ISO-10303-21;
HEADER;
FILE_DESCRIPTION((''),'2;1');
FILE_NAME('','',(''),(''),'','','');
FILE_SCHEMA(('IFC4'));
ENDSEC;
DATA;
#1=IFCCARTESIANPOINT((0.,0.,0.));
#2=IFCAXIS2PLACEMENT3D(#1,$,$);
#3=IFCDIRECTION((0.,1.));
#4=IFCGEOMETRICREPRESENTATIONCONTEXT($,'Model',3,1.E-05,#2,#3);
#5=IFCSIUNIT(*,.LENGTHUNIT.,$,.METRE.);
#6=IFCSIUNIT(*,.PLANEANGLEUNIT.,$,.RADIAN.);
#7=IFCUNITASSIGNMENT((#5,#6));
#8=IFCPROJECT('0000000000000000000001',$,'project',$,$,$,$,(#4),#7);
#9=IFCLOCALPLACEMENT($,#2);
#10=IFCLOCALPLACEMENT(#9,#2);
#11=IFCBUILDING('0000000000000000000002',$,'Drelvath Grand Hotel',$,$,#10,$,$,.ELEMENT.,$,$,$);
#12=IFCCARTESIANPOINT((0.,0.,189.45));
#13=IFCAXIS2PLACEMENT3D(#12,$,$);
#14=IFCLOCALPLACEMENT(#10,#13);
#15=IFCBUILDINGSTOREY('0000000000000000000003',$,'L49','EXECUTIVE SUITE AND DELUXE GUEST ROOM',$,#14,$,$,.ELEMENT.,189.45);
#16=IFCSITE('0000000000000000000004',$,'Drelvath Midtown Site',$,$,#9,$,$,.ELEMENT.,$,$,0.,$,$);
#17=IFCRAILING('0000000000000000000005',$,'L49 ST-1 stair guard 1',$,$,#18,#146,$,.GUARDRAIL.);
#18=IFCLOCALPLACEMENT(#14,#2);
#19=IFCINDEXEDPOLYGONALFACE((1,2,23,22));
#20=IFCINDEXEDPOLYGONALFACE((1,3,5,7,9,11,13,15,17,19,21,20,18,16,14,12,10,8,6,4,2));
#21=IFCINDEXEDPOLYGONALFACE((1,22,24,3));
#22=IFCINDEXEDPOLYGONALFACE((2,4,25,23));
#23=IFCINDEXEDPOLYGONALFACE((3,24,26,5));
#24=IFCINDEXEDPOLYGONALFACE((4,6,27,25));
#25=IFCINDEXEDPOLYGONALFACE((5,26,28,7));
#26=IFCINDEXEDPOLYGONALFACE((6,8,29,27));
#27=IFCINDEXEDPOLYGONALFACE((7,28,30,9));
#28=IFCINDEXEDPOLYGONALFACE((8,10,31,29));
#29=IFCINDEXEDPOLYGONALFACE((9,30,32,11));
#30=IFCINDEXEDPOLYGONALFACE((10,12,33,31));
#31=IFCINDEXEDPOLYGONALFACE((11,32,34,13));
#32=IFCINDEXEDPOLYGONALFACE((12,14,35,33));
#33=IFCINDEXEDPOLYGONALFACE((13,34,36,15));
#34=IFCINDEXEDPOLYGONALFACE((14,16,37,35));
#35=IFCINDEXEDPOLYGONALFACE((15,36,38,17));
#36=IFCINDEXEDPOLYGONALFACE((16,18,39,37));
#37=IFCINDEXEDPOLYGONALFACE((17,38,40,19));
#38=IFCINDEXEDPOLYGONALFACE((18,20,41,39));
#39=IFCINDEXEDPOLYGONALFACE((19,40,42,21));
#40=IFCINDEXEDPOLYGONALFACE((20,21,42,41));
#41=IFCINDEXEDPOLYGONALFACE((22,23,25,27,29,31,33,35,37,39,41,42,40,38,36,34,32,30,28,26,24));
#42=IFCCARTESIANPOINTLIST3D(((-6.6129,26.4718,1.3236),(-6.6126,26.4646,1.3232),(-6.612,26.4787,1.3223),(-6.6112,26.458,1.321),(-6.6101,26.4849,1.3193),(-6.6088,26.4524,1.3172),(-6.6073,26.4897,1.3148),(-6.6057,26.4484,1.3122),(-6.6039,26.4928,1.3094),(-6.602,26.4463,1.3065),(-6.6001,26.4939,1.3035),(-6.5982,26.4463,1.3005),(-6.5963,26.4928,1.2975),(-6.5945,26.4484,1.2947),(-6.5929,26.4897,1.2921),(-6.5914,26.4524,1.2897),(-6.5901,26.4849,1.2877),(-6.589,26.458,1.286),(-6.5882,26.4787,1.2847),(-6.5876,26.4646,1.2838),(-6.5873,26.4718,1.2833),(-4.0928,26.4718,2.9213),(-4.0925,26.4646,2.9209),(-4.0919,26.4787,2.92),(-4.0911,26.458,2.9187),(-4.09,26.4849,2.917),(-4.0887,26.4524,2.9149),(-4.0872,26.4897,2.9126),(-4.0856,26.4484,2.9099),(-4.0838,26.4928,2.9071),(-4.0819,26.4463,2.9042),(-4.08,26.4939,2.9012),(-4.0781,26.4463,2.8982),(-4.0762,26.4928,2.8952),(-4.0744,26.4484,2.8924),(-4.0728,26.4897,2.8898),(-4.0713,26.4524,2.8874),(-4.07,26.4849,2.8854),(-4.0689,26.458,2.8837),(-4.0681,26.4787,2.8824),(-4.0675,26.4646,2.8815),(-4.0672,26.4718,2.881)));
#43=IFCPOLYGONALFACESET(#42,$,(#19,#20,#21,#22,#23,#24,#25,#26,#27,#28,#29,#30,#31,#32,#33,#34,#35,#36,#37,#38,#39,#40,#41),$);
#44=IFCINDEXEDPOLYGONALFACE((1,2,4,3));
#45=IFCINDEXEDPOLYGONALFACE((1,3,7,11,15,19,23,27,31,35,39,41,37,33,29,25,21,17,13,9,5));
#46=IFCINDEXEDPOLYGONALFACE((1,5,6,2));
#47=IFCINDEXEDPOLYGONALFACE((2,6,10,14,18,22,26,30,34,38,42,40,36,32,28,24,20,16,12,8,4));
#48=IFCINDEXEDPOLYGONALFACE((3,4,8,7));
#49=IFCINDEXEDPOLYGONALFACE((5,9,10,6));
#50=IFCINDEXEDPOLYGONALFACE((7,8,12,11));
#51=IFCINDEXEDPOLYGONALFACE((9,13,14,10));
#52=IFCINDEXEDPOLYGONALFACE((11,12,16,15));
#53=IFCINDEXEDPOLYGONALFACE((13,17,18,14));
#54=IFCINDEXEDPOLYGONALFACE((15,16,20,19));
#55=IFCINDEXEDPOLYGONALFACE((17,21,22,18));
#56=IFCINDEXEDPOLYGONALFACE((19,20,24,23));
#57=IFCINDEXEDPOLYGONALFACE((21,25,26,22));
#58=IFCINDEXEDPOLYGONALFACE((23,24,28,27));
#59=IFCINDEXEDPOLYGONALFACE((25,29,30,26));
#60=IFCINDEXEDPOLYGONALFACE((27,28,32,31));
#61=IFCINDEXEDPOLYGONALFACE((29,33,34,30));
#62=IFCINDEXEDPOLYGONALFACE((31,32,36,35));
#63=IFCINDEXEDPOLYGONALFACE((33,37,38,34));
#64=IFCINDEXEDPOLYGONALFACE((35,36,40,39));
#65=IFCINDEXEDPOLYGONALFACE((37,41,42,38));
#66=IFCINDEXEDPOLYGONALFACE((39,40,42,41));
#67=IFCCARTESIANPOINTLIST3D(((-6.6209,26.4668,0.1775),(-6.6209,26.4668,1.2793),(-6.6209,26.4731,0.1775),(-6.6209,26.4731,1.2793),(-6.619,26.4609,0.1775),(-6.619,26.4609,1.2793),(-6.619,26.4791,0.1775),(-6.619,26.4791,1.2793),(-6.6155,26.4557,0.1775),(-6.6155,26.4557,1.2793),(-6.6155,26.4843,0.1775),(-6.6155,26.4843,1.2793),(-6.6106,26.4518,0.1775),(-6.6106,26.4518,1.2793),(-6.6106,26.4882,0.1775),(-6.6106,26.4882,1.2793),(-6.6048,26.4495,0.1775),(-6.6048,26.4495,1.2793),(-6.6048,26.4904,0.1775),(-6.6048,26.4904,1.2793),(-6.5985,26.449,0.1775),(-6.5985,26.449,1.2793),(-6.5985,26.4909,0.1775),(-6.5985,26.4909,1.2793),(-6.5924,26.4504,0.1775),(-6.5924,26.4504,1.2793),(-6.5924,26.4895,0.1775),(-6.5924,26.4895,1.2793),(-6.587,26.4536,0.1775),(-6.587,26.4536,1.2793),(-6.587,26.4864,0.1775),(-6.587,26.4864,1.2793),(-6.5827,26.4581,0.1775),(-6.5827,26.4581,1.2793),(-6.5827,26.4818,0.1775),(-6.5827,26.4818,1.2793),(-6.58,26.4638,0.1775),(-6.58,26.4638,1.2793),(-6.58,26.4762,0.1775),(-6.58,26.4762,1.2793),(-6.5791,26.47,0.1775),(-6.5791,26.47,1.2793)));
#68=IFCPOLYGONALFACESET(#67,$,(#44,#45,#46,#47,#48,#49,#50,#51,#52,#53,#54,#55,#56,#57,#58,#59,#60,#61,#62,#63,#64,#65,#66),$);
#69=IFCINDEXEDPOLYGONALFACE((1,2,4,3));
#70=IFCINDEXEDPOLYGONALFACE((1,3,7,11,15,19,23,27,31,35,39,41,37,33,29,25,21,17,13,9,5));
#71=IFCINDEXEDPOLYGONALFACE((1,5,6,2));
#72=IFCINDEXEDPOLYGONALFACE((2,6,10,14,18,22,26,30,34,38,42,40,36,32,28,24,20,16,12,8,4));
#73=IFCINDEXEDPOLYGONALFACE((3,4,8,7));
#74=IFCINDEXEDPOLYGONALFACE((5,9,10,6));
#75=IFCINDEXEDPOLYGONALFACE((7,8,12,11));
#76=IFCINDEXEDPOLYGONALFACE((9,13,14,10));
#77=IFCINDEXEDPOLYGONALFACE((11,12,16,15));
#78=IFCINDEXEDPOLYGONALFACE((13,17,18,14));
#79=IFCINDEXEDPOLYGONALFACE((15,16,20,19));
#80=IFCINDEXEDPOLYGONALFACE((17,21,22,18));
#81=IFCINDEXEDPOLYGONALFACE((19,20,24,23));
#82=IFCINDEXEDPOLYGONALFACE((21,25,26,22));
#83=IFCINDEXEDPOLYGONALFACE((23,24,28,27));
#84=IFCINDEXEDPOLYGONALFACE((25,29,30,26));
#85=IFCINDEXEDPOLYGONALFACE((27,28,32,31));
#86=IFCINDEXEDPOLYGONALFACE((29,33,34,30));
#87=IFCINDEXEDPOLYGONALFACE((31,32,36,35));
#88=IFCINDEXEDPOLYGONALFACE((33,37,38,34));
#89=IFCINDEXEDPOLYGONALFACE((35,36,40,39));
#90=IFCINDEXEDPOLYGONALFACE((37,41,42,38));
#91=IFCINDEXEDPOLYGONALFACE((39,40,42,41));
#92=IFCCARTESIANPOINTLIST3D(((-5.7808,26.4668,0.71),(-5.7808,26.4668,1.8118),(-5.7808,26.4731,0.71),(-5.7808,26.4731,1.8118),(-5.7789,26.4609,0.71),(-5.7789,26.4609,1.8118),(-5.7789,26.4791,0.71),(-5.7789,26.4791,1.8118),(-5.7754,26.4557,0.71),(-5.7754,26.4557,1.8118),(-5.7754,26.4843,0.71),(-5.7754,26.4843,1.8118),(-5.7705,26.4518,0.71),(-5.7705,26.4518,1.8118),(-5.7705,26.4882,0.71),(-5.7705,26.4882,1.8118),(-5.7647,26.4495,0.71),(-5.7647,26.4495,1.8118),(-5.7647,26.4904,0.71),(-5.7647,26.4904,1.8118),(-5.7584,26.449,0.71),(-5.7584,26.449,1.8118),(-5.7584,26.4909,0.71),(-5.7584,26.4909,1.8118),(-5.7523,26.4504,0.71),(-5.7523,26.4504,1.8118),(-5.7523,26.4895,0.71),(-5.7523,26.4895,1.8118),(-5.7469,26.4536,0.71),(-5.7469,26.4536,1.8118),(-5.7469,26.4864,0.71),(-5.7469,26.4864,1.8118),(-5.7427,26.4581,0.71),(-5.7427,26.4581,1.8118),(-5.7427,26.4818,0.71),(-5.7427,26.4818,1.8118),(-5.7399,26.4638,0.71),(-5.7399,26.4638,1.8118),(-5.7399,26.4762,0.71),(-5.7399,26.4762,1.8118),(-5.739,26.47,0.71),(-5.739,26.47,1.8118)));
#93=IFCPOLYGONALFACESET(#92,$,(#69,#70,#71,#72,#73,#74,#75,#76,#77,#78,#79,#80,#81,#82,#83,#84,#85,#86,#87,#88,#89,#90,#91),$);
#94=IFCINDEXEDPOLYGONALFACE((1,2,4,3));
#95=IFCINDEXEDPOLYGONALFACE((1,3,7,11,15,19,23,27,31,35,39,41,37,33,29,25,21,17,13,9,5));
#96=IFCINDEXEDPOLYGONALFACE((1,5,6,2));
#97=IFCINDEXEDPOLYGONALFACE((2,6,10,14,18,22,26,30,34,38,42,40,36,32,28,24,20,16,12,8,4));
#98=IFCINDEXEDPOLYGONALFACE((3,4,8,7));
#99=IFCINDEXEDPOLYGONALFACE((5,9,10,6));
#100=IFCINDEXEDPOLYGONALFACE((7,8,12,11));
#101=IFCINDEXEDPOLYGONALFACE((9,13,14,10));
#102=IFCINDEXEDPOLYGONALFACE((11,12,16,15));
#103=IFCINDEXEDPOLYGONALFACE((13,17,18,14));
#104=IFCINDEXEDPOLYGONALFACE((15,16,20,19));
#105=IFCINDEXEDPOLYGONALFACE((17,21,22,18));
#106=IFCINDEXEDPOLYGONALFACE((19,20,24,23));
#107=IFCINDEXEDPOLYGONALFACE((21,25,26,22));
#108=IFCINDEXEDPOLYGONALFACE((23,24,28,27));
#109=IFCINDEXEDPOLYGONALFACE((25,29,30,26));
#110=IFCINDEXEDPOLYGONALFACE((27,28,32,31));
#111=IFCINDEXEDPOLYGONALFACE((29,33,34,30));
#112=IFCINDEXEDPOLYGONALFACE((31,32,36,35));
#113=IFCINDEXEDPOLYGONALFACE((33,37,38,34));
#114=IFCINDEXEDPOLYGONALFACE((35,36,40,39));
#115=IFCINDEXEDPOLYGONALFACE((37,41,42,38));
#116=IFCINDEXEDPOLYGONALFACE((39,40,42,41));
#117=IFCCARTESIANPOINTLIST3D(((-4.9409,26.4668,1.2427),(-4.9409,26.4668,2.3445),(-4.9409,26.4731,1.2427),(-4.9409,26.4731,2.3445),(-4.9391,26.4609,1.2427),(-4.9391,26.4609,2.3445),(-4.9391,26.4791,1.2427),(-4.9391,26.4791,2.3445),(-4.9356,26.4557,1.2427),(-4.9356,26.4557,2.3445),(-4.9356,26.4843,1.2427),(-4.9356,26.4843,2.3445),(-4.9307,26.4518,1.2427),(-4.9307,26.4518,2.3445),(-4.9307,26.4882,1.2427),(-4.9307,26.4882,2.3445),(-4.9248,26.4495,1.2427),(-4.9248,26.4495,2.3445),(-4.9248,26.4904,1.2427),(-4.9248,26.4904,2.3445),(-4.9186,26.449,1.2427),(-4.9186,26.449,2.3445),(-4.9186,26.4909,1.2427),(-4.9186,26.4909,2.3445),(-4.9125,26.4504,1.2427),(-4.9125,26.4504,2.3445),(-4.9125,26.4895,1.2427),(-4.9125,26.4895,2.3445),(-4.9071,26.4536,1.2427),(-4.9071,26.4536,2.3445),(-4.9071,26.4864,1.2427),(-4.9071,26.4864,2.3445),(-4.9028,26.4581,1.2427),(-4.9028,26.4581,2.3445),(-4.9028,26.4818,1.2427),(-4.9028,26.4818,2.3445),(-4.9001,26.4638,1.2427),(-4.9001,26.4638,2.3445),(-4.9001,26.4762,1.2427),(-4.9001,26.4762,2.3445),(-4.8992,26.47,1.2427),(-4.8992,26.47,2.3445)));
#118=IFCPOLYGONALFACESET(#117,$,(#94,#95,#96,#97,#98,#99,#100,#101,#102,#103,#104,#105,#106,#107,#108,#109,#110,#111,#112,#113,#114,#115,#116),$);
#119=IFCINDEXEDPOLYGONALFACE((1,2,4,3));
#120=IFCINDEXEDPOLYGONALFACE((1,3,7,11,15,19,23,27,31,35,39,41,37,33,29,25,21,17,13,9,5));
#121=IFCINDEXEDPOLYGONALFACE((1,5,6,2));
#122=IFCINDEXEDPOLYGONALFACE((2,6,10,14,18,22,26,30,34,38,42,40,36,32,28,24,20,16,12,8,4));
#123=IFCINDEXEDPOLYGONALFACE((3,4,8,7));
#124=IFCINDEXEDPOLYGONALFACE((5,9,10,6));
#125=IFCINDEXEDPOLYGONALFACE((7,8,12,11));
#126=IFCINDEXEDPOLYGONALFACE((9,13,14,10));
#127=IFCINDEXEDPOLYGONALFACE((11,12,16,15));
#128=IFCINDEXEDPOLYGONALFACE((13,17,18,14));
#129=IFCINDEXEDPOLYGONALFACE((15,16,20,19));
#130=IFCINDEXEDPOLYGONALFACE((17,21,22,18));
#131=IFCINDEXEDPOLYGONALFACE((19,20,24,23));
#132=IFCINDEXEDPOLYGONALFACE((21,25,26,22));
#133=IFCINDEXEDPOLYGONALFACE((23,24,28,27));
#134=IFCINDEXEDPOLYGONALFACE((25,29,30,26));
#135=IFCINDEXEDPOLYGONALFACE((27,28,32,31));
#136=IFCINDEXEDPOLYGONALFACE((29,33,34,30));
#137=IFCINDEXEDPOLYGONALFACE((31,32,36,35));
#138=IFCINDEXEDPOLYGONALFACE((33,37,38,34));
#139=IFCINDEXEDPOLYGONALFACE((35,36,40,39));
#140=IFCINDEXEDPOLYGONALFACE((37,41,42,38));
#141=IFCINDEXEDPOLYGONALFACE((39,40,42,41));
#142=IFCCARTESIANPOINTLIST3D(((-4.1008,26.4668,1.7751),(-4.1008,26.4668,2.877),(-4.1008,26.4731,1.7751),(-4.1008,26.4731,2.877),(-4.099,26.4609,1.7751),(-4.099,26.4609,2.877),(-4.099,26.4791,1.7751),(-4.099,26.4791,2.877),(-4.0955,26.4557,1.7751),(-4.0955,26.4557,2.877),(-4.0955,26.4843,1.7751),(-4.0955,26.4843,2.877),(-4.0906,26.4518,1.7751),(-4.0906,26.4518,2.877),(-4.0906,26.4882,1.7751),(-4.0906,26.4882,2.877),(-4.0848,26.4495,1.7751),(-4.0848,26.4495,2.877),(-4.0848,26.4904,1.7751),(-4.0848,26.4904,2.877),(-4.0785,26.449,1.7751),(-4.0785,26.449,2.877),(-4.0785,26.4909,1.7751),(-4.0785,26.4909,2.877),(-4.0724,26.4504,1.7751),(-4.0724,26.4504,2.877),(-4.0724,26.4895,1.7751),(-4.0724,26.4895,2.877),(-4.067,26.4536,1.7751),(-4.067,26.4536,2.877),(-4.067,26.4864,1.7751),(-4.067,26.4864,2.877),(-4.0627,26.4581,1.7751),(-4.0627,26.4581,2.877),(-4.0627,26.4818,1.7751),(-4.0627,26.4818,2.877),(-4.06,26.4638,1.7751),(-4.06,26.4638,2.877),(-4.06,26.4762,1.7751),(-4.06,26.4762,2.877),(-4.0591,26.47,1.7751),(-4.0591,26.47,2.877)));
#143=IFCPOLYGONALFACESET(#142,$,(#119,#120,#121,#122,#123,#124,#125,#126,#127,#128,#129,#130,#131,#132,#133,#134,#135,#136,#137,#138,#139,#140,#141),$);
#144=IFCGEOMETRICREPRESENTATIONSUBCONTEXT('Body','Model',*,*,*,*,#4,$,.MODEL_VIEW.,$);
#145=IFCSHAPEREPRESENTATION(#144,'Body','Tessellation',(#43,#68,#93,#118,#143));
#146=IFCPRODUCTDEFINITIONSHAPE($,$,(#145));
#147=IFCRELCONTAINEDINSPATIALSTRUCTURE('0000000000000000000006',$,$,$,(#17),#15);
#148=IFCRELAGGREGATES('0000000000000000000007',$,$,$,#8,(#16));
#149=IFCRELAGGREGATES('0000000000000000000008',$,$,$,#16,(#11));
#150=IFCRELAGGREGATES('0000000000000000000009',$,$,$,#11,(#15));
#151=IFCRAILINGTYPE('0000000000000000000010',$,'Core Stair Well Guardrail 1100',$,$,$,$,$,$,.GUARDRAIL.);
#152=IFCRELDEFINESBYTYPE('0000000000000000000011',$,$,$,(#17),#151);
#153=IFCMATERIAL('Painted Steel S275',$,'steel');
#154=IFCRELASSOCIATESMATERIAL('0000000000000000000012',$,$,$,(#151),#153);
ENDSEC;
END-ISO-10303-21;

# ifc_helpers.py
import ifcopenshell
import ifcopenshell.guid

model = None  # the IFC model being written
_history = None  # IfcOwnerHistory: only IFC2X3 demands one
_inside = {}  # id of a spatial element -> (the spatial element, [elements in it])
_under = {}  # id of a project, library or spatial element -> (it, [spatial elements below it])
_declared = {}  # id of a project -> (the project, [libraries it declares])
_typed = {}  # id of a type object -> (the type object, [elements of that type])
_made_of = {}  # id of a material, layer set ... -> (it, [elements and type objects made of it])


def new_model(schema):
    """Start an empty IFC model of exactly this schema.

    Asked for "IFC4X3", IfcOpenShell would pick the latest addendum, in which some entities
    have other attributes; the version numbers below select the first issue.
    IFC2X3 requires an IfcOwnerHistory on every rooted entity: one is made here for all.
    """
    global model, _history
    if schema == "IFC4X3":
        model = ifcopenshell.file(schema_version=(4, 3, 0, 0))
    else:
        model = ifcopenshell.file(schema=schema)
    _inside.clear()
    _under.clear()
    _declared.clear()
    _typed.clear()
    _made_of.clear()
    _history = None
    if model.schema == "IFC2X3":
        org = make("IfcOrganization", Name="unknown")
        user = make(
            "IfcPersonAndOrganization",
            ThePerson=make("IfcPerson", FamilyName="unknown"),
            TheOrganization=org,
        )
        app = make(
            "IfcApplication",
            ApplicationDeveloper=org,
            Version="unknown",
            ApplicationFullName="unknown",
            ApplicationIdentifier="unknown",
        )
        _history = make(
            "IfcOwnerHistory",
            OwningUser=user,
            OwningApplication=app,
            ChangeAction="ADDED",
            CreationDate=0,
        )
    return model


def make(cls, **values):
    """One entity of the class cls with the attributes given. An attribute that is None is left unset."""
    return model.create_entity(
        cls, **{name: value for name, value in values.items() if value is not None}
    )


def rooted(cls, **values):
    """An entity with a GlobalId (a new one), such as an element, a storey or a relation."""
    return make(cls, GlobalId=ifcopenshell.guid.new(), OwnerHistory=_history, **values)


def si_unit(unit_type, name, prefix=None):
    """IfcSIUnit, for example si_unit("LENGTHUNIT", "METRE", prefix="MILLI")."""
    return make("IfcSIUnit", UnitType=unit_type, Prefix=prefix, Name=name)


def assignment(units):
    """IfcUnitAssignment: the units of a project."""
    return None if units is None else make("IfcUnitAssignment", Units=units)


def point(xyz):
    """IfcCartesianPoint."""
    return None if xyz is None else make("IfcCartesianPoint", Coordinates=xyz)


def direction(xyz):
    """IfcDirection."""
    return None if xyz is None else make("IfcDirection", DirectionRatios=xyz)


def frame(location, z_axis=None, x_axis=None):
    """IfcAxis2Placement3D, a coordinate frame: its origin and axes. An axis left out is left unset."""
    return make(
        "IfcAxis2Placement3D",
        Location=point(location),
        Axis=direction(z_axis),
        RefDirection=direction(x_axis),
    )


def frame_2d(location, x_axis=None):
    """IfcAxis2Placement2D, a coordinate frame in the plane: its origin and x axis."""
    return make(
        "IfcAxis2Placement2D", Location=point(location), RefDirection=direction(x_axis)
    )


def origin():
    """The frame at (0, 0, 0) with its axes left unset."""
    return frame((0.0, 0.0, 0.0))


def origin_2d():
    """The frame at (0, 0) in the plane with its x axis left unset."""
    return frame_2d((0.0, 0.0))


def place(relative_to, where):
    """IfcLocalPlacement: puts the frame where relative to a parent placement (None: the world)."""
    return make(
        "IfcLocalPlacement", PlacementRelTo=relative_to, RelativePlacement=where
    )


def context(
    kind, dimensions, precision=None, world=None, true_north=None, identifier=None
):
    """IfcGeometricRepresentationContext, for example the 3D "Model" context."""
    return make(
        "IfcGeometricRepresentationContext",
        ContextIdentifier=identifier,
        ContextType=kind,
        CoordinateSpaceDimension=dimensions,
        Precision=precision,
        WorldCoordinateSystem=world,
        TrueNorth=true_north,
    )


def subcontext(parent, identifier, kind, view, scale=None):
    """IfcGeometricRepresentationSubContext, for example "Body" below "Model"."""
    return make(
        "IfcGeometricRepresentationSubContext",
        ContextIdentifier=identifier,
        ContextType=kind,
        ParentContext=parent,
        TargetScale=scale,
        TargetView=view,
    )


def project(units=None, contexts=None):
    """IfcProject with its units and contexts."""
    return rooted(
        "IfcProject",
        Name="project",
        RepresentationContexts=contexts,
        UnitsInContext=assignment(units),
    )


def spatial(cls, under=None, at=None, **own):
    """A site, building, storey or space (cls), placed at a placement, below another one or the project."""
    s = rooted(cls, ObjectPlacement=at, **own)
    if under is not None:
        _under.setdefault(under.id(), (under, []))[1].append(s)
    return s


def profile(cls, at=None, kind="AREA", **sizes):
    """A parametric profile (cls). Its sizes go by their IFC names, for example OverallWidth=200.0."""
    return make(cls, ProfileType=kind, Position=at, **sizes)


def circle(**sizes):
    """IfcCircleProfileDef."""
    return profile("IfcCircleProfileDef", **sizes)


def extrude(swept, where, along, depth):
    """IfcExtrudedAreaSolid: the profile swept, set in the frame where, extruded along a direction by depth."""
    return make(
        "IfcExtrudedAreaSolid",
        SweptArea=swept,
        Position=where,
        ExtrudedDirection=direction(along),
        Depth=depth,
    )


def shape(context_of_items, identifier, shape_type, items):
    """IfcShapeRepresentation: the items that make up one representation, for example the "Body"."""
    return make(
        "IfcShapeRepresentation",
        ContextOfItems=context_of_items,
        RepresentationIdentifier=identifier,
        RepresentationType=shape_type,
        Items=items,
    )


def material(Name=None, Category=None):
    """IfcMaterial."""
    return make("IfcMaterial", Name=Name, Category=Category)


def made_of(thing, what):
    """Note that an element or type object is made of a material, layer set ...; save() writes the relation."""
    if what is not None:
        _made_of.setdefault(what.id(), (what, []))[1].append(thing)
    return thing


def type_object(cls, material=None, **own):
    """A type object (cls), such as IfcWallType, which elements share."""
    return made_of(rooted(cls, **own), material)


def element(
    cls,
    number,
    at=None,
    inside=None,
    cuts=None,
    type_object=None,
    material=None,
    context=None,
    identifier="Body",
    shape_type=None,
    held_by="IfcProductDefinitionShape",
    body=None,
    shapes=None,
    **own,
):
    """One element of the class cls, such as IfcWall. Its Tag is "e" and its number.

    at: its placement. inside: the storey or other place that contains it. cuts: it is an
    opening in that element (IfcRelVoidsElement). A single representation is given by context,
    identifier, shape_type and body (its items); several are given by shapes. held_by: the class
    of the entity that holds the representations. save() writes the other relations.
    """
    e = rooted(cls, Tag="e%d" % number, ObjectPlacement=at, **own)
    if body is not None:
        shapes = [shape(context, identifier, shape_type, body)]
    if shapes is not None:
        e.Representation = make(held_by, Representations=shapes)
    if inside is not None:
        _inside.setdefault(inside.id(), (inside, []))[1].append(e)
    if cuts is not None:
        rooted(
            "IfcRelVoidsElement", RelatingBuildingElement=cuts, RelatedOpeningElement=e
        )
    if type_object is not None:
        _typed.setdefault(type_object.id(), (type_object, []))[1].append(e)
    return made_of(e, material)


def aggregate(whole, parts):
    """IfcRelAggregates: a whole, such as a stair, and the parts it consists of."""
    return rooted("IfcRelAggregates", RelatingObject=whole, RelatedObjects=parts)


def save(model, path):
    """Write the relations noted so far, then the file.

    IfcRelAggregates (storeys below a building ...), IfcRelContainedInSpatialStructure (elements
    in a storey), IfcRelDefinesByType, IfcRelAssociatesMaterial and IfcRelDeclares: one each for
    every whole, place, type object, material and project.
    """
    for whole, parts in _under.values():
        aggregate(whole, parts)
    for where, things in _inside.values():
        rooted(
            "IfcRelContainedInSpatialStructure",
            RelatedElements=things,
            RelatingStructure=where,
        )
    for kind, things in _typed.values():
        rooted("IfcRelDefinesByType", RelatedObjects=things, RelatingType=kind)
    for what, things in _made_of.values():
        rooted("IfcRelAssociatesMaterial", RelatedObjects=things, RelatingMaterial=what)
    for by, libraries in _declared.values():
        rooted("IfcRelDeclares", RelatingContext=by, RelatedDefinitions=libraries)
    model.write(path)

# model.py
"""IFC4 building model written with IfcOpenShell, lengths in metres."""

from ifc_helpers import new_model, si_unit, direction, frame, origin, origin_2d, place, context, subcontext, project, spatial, circle, extrude, material, type_object, element, save


model = new_model("IFC4")

# Units and contexts
model_context = context("Model", 3, precision=1e-05, world=origin(), true_north=direction((0.0, 1.0)))
body_context = subcontext(model_context, "Body", "Model", "MODEL_VIEW")
ifc_project = project(units=[si_unit("LENGTHUNIT", "METRE"), si_unit("PLANEANGLEUNIT", "RADIAN")], contexts=[model_context])

# Site, building, storey
site_placement = place(None, origin())
site = spatial("IfcSite", under=ifc_project, at=site_placement, Name="Drelvath Midtown Site", CompositionType="ELEMENT", RefElevation=0.0)
building_placement = place(site_placement, origin())
building = spatial("IfcBuilding", under=site, at=building_placement, Name="Drelvath Grand Hotel", CompositionType="ELEMENT")
storey_placement = place(building_placement, frame((0.0, 0.0, 189.45)))
storey = spatial("IfcBuildingStorey", under=building, at=storey_placement, Name="L49", Description="EXECUTIVE SUITE AND DELUXE GUEST ROOM", CompositionType="ELEMENT", Elevation=189.45)

# Shared definitions
ifc_material_1 = material(Name="Painted Steel S275", Category="steel")

# Railing
railing_type_1 = type_object("IfcRailingType", Name="Core Stair Well Guardrail 1100", PredefinedType="GUARDRAIL", material=ifc_material_1)
railing_1_placement = place(storey_placement, frame((-6.6001, 26.47, 0.1775)))
element("IfcRailing", 1, at=railing_1_placement, inside=storey, type_object=railing_type_1, Name="L49 ST-1 stair guard 1", PredefinedType="GUARDRAIL", context=body_context, shape_type="SweptSolid", body=[
    extrude(circle(Radius=0.0239, at=origin_2d()), frame((0.0, 0.0, 1.126), z_axis=(0.84457, 0.0, 0.535445), x_axis=(0.0, 1.0, 0.0)), (0.0, 0.0, 1.0), 2.9839),
    extrude(circle(Radius=0.021, at=origin_2d()), origin(), (0.0, 0.0, 1.0), 1.1018),
    extrude(circle(Radius=0.021, at=origin_2d()), frame((0.8401, 0.0, 0.5325)), (0.0, 0.0, 1.0), 1.1018),
    extrude(circle(Radius=0.021, at=origin_2d()), frame((1.6799, 0.0, 1.0652)), (0.0, 0.0, 1.0), 1.1018),
    extrude(circle(Radius=0.021, at=origin_2d()), frame((2.52, 0.0, 1.5977)), (0.0, 0.0, 1.0), 1.1018),
])

save(model, "model.ifc")
